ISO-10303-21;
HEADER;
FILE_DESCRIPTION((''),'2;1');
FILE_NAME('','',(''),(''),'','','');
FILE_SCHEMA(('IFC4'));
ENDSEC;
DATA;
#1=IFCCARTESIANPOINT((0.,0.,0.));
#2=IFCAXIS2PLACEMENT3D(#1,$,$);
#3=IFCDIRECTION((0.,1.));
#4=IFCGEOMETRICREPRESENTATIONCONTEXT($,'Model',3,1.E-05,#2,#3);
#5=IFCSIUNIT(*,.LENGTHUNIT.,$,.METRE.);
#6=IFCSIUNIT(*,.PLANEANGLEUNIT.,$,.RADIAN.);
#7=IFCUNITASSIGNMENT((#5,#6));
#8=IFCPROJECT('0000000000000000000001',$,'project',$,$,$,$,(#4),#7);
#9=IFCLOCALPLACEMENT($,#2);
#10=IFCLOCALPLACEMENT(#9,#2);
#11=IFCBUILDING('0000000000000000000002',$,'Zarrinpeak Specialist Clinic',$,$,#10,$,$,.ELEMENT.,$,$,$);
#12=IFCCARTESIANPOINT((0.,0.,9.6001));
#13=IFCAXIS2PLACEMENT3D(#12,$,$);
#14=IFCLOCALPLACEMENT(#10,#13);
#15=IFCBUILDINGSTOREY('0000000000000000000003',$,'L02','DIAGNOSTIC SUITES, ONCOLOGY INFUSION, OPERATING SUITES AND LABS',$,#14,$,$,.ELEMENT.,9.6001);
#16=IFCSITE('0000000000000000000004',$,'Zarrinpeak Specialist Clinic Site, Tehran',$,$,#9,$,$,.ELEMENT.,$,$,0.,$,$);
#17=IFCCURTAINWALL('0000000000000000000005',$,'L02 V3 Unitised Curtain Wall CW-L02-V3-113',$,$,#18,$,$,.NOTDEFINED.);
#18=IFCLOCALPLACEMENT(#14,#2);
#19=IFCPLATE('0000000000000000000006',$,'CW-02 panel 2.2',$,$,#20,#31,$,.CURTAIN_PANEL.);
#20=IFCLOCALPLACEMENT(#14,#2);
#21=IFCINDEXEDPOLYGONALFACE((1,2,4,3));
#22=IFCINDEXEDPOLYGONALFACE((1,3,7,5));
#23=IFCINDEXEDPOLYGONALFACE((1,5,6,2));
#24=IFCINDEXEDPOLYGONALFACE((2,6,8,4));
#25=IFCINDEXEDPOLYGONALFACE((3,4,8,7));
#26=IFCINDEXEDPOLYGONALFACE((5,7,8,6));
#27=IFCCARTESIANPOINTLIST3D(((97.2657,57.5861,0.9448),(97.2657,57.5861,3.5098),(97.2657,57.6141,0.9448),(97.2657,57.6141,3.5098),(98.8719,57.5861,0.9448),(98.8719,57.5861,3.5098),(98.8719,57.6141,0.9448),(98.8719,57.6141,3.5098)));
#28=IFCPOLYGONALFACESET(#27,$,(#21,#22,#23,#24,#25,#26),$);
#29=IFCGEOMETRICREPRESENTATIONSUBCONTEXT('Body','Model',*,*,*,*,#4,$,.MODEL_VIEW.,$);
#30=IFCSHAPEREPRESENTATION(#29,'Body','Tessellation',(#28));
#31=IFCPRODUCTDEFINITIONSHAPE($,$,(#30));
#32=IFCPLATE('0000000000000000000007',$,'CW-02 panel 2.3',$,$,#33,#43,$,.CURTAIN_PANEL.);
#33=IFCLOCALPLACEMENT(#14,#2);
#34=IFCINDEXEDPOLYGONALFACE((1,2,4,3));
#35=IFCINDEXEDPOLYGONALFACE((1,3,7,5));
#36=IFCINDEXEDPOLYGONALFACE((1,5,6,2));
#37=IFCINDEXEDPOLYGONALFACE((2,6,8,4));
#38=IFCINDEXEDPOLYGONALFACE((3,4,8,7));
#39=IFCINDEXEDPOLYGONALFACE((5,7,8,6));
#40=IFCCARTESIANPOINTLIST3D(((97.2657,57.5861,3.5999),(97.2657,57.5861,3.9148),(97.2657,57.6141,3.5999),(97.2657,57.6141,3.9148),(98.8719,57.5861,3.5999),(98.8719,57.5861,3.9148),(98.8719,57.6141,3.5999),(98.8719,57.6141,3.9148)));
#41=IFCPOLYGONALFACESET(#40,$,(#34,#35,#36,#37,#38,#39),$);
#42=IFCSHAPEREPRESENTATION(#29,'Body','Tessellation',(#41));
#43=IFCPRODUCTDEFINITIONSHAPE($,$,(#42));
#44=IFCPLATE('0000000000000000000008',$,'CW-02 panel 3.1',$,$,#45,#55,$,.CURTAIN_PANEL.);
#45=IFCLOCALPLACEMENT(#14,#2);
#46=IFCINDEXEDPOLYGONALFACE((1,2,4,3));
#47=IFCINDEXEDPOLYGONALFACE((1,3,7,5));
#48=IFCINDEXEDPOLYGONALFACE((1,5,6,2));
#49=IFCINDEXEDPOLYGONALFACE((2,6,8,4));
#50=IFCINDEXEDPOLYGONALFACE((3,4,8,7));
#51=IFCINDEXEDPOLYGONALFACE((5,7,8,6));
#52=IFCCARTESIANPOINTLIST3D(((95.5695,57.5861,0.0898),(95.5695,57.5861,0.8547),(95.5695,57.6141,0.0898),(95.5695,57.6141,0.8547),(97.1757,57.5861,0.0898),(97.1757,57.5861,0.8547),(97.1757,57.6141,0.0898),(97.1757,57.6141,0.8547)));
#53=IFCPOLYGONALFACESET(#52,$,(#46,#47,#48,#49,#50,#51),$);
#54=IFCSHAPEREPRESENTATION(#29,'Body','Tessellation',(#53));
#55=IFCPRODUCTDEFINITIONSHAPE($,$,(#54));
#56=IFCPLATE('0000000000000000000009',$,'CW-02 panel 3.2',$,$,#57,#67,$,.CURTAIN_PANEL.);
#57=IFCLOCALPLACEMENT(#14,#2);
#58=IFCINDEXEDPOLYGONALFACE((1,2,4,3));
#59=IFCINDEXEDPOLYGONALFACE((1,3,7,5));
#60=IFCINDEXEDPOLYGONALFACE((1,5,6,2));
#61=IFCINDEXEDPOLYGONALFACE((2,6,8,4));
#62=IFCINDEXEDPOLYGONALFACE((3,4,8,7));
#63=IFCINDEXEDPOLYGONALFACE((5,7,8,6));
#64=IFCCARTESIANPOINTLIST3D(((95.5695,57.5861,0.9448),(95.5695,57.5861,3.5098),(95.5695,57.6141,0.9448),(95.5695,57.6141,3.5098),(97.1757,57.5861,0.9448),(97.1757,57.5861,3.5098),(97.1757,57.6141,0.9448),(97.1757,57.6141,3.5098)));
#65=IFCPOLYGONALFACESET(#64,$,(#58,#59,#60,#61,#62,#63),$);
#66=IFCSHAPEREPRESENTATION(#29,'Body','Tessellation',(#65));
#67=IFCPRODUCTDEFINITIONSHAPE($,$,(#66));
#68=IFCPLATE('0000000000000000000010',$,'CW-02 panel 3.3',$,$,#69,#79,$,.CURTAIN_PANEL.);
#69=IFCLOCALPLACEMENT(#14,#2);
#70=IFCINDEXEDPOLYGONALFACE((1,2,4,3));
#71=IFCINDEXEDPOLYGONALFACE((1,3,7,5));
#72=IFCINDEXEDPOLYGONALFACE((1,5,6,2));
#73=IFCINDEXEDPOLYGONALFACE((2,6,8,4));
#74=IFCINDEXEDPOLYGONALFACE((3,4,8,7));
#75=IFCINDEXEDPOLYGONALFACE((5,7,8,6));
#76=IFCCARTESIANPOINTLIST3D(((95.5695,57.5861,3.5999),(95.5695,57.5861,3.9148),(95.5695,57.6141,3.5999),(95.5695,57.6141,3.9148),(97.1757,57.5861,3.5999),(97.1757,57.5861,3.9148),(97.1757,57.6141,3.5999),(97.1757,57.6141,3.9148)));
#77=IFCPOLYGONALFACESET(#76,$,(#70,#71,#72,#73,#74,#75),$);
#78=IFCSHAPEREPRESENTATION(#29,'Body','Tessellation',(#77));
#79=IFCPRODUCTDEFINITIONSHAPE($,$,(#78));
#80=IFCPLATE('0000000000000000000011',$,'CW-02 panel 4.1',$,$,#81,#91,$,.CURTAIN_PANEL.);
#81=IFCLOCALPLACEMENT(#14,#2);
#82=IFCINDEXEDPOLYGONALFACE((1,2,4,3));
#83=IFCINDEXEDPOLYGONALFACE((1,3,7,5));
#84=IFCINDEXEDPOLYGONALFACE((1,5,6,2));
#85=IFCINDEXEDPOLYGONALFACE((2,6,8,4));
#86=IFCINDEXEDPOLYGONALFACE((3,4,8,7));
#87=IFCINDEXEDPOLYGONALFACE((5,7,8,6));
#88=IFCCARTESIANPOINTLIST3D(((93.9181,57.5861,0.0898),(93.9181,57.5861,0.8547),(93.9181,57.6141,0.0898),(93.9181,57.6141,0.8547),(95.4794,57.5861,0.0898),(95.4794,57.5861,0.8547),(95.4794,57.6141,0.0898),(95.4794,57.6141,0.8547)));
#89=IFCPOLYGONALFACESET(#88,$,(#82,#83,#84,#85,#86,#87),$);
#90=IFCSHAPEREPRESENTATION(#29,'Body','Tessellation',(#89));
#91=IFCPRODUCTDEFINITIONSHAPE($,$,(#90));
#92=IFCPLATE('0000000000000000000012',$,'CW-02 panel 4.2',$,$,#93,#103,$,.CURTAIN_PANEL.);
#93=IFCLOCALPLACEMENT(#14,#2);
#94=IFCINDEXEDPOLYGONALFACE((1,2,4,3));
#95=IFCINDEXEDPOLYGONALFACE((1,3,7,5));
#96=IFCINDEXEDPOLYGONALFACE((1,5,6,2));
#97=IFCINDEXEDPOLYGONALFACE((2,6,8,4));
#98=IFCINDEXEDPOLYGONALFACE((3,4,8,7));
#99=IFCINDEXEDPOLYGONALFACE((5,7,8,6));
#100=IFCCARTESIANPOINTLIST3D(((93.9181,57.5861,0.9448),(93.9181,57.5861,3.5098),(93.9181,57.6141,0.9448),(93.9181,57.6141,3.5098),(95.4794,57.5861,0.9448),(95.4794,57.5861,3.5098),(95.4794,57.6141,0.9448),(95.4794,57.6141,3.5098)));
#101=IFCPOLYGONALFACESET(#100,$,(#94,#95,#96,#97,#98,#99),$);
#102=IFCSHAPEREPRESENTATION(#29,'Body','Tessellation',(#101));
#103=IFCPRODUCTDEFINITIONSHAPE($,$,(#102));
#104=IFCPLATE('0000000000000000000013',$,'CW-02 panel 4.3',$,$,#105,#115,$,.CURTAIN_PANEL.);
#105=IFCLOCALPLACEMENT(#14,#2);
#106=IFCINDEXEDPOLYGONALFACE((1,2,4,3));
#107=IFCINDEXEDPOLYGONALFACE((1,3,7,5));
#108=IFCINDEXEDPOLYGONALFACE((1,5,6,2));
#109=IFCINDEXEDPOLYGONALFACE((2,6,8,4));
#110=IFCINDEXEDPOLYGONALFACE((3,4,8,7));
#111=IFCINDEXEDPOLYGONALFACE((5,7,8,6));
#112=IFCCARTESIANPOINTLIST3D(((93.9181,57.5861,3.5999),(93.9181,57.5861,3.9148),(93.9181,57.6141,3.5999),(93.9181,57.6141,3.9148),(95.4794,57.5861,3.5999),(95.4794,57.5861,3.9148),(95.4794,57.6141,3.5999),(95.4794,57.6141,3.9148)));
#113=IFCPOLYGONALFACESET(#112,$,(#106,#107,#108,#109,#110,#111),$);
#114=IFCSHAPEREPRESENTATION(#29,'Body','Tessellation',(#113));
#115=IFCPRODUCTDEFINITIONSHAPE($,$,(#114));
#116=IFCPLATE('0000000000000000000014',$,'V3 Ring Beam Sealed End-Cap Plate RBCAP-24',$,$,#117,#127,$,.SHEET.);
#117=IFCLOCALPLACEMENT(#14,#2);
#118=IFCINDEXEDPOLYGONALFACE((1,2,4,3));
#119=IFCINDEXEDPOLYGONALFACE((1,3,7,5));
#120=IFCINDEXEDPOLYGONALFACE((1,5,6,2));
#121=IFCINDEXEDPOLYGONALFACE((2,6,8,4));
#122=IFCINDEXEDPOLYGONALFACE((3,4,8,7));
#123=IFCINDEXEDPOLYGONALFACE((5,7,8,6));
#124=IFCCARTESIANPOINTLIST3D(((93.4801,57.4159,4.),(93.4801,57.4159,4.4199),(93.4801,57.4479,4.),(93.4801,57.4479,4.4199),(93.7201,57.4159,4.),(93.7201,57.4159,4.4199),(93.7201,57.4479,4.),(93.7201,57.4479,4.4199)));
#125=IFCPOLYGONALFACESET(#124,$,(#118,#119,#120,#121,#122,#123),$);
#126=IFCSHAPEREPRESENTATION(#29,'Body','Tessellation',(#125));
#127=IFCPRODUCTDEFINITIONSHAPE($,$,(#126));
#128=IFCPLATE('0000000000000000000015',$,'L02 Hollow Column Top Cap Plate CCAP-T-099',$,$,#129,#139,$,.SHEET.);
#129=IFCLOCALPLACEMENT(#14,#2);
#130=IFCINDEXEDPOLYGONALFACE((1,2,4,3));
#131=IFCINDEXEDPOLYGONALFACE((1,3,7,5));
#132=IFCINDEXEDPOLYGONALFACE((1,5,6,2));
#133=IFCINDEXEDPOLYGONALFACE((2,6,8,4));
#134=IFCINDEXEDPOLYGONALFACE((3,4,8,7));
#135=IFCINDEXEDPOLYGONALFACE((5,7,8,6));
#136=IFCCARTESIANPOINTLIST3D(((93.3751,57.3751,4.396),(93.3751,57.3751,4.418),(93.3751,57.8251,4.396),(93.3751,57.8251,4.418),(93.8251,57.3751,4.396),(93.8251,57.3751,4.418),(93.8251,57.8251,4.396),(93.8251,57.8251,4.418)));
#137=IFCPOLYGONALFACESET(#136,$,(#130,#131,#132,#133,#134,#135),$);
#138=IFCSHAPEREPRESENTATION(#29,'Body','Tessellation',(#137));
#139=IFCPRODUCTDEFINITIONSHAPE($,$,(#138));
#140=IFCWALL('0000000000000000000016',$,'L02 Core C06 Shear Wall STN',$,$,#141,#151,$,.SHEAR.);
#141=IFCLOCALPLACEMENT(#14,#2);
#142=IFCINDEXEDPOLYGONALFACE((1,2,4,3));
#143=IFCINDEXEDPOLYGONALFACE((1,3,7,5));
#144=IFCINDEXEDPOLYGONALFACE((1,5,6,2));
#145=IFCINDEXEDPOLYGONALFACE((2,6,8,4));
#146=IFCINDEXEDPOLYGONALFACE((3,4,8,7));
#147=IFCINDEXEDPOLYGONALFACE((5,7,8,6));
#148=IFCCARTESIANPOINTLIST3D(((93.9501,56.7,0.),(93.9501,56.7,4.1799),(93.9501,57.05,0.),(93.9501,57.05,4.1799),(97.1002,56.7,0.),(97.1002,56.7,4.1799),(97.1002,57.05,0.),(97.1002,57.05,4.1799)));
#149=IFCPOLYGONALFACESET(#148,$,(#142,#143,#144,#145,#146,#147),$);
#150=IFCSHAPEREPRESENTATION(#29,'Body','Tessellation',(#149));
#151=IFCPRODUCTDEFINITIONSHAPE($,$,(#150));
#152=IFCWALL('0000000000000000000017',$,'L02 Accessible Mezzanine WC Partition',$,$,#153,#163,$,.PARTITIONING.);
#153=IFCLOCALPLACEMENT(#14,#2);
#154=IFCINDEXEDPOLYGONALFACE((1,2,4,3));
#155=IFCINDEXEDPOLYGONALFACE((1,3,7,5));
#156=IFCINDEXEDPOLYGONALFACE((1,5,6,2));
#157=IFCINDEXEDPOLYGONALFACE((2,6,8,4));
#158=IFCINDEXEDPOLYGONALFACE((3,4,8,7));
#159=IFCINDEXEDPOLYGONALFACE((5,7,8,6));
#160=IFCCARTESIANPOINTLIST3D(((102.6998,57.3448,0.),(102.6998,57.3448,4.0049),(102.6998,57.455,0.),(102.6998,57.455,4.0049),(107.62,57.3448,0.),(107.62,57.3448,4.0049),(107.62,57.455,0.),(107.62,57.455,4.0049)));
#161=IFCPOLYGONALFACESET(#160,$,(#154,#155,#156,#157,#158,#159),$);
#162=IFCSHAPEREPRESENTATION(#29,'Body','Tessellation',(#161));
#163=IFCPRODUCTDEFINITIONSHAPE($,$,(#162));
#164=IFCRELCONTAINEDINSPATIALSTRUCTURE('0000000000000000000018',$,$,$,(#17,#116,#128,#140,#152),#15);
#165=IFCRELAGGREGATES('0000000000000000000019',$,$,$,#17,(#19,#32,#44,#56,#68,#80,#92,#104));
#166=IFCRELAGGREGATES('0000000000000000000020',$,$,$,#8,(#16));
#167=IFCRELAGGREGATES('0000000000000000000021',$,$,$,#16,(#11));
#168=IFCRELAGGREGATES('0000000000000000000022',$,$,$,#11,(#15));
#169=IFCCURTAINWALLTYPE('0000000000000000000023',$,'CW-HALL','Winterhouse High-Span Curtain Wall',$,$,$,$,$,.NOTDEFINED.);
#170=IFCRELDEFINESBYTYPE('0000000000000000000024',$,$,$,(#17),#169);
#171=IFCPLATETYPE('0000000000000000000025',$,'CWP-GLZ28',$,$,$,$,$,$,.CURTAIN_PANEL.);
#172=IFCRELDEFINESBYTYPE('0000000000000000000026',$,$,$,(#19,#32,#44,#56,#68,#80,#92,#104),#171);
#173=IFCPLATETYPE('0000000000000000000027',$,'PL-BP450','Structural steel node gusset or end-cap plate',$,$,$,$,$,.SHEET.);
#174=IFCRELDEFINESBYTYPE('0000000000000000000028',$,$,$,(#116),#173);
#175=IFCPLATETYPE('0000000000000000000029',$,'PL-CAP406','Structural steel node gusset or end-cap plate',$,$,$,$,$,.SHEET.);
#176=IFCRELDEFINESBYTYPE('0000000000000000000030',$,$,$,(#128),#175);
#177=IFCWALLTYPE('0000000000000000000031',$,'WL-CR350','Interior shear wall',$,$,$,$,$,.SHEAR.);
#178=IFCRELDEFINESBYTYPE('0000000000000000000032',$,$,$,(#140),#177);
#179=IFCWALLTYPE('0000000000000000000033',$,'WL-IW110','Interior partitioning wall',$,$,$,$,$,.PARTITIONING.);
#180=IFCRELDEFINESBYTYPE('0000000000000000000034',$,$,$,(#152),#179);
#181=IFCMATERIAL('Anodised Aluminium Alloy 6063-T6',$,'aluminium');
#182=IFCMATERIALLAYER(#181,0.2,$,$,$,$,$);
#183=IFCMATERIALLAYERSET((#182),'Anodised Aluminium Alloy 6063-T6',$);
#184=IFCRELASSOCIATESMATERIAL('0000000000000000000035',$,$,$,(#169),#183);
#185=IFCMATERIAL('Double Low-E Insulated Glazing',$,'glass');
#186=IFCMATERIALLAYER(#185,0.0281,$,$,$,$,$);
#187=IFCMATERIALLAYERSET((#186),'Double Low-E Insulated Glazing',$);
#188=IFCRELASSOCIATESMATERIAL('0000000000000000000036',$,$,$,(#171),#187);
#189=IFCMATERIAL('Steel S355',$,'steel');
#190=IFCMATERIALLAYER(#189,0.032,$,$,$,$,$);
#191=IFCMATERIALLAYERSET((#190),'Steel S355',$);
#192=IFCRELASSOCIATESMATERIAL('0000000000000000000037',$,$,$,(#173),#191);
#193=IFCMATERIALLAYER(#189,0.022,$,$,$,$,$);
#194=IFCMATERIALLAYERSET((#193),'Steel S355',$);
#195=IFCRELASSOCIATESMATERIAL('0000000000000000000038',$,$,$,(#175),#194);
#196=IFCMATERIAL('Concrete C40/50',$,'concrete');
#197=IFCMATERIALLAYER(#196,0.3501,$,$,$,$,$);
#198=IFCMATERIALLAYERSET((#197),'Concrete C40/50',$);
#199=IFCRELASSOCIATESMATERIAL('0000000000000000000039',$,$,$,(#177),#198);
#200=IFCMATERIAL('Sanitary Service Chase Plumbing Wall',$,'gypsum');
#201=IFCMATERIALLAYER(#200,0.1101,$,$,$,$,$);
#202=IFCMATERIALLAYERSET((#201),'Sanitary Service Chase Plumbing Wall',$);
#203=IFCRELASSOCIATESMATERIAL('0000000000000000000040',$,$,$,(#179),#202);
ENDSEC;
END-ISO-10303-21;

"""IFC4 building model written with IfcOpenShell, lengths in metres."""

from ifc_helpers import new_model, si_unit, direction, frame, frame_2d, origin, origin_2d, place, context, subcontext, project, spatial, rectangle, extrude, material, layer, layer_set, type_object, element, aggregate, save


model = new_model("IFC4")

# Units and contexts
model_context = context("Model", 3, precision=1e-05, world=origin(), true_north=direction((0.0, 1.0)))
body_context = subcontext(model_context, "Body", "Model", "MODEL_VIEW")
ifc_project = project(units=[si_unit("LENGTHUNIT", "METRE"), si_unit("PLANEANGLEUNIT", "RADIAN")], contexts=[model_context])

# Site, building, storey
site_placement = place(None, origin())
site = spatial("IfcSite", under=ifc_project, at=site_placement, Name="Zarrinpeak Specialist Clinic Site, Tehran", CompositionType="ELEMENT", RefElevation=0.0)
building_placement = place(site_placement, origin())
building = spatial("IfcBuilding", under=site, at=building_placement, Name="Zarrinpeak Specialist Clinic", CompositionType="ELEMENT")
storey_placement = place(building_placement, frame((0.0, 0.0, 9.6001)))
storey = spatial("IfcBuildingStorey", under=building, at=storey_placement, Name="L02", Description="DIAGNOSTIC SUITES, ONCOLOGY INFUSION, OPERATING SUITES AND LABS", CompositionType="ELEMENT", Elevation=9.6001)

# Shared definitions
ifc_material_1 = material(Name="Steel S355", Category="steel")

# Curtain wall, plates
ifc_material_2 = material(Name="Anodised Aluminium Alloy 6063-T6", Category="aluminium")
ifc_layer_1 = layer(ifc_material_2, 0.2)
ifc_layer_set_1 = layer_set([ifc_layer_1], Name="Anodised Aluminium Alloy 6063-T6")
curtain_wall_type = type_object("IfcCurtainWallType", Name="CW-HALL", Description="Winterhouse High-Span Curtain Wall", PredefinedType="NOTDEFINED", material=ifc_layer_set_1)
curtain_wall_placement = place(storey_placement, origin())
curtain_wall = element("IfcCurtainWall", 1, at=curtain_wall_placement, inside=storey, type_object=curtain_wall_type, Name="L02 V3 Unitised Curtain Wall CW-L02-V3-113", PredefinedType="NOTDEFINED")
ifc_material_3 = material(Name="Double Low-E Insulated Glazing", Category="glass")
ifc_layer_2 = layer(ifc_material_3, 0.0281)
ifc_layer_set_2 = layer_set([ifc_layer_2], Name="Double Low-E Insulated Glazing")
plate_type_1 = type_object("IfcPlateType", Name="CWP-GLZ28", PredefinedType="CURTAIN_PANEL", material=ifc_layer_set_2)
plate_1_placement = place(storey_placement, frame((98.0688, 57.6001, 0.9448), z_axis=(0.0, 0.0, 1.0), x_axis=(-1.0, 0.0, 0.0)))
plate_1 = element("IfcPlate", 2, at=plate_1_placement, type_object=plate_type_1, Name="CW-02 panel 2.2", PredefinedType="CURTAIN_PANEL", context=body_context, shape_type="SweptSolid", body=[
    extrude(rectangle(XDim=1.6062, YDim=0.0281, at=origin_2d()), origin(), (0.0, 0.0, 1.0), 2.5649),
])
plate_2_placement = place(storey_placement, frame((98.0688, 57.6001, 3.5999), z_axis=(0.0, 0.0, 1.0), x_axis=(-1.0, 0.0, 0.0)))
plate_2 = element("IfcPlate", 3, at=plate_2_placement, type_object=plate_type_1, Name="CW-02 panel 2.3", PredefinedType="CURTAIN_PANEL", context=body_context, shape_type="SweptSolid", body=[
    extrude(rectangle(XDim=1.6062, YDim=0.0281, at=origin_2d()), origin(), (0.0, 0.0, 1.0), 0.3149),
])
plate_3_placement = place(storey_placement, frame((96.3726, 57.6001, 0.0898), z_axis=(0.0, 0.0, 1.0), x_axis=(-1.0, 0.0, 0.0)))
plate_3 = element("IfcPlate", 4, at=plate_3_placement, type_object=plate_type_1, Name="CW-02 panel 3.1", PredefinedType="CURTAIN_PANEL", context=body_context, shape_type="SweptSolid", body=[
    extrude(rectangle(XDim=1.6062, YDim=0.0281, at=origin_2d()), origin(), (0.0, 0.0, 1.0), 0.7649),
])
plate_4_placement = place(storey_placement, frame((96.3726, 57.6001, 0.9448), z_axis=(0.0, 0.0, 1.0), x_axis=(-1.0, 0.0, 0.0)))
plate_4 = element("IfcPlate", 5, at=plate_4_placement, type_object=plate_type_1, Name="CW-02 panel 3.2", PredefinedType="CURTAIN_PANEL", context=body_context, shape_type="SweptSolid", body=[
    extrude(rectangle(XDim=1.6062, YDim=0.0281, at=origin_2d()), origin(), (0.0, 0.0, 1.0), 2.5649),
])
plate_5_placement = place(storey_placement, frame((96.3726, 57.6001, 3.5999), z_axis=(0.0, 0.0, 1.0), x_axis=(-1.0, 0.0, 0.0)))
plate_5 = element("IfcPlate", 6, at=plate_5_placement, type_object=plate_type_1, Name="CW-02 panel 3.3", PredefinedType="CURTAIN_PANEL", context=body_context, shape_type="SweptSolid", body=[
    extrude(rectangle(XDim=1.6062, YDim=0.0281, at=origin_2d()), origin(), (0.0, 0.0, 1.0), 0.3149),
])
plate_6_placement = place(storey_placement, frame((94.6987, 57.6001, 0.0898), z_axis=(0.0, 0.0, 1.0), x_axis=(-1.0, 0.0, 0.0)))
plate_6 = element("IfcPlate", 7, at=plate_6_placement, type_object=plate_type_1, Name="CW-02 panel 4.1", PredefinedType="CURTAIN_PANEL", context=body_context, shape_type="SweptSolid", body=[
    extrude(rectangle(XDim=1.5613, YDim=0.0281, at=origin_2d()), origin(), (0.0, 0.0, 1.0), 0.7649),
])
plate_7_placement = place(storey_placement, frame((94.6987, 57.6001, 0.9448), z_axis=(0.0, 0.0, 1.0), x_axis=(-1.0, 0.0, 0.0)))
plate_7 = element("IfcPlate", 8, at=plate_7_placement, type_object=plate_type_1, Name="CW-02 panel 4.2", PredefinedType="CURTAIN_PANEL", context=body_context, shape_type="SweptSolid", body=[
    extrude(rectangle(XDim=1.5613, YDim=0.0281, at=origin_2d()), origin(), (0.0, 0.0, 1.0), 2.5649),
])
plate_8_placement = place(storey_placement, frame((94.6987, 57.6001, 3.5999), z_axis=(0.0, 0.0, 1.0), x_axis=(-1.0, 0.0, 0.0)))
plate_8 = element("IfcPlate", 9, at=plate_8_placement, type_object=plate_type_1, Name="CW-02 panel 4.3", PredefinedType="CURTAIN_PANEL", context=body_context, shape_type="SweptSolid", body=[
    extrude(rectangle(XDim=1.5613, YDim=0.0281, at=origin_2d()), origin(), (0.0, 0.0, 1.0), 0.3149),
])
aggregate(curtain_wall, [plate_1, plate_2, plate_3, plate_4, plate_5, plate_6, plate_7, plate_8])

# Plates
ifc_layer_3 = layer(ifc_material_1, 0.032)
ifc_layer_set_3 = layer_set([ifc_layer_3], Name="Steel S355")
plate_type_2 = type_object("IfcPlateType", Name="PL-BP450", Description="Structural steel node gusset or end-cap plate", PredefinedType="SHEET", material=ifc_layer_set_3)
plate_9_placement = place(storey_placement, frame((93.6001, 57.4319, 4.0), z_axis=(0.0, 0.0, 1.0), x_axis=(1.0, 0.0, 0.0)))
element("IfcPlate", 10, at=plate_9_placement, inside=storey, type_object=plate_type_2, Name="V3 Ring Beam Sealed End-Cap Plate RBCAP-24", PredefinedType="SHEET", context=body_context, shape_type="SweptSolid", body=[
    extrude(rectangle(XDim=0.24, YDim=0.032, at=origin_2d()), origin(), (0.0, 0.0, 1.0), 0.4199),
])
ifc_layer_4 = layer(ifc_material_1, 0.022)
ifc_layer_set_4 = layer_set([ifc_layer_4], Name="Steel S355")
plate_type_3 = type_object("IfcPlateType", Name="PL-CAP406", Description="Structural steel node gusset or end-cap plate", PredefinedType="SHEET", material=ifc_layer_set_4)
plate_10_placement = place(storey_placement, frame((93.6001, 57.6001, 4.396), z_axis=(0.0, 0.0, 1.0), x_axis=(1.0, 0.0, 0.0)))
element("IfcPlate", 11, at=plate_10_placement, inside=storey, type_object=plate_type_3, Name="L02 Hollow Column Top Cap Plate CCAP-T-099", PredefinedType="SHEET", context=body_context, shape_type="SweptSolid", body=[
    extrude(rectangle(XDim=0.45, YDim=0.45, at=origin_2d()), origin(), (0.0, 0.0, 1.0), 0.022),
])

# Walls
ifc_material_4 = material(Name="Concrete C40/50", Category="concrete")
ifc_layer_5 = layer(ifc_material_4, 0.3501)
ifc_layer_set_5 = layer_set([ifc_layer_5], Name="Concrete C40/50")
wall_type_1 = type_object("IfcWallType", Name="WL-CR350", Description="Interior shear wall", PredefinedType="SHEAR", material=ifc_layer_set_5)
wall_1_placement = place(storey_placement, frame((93.95, 56.875, 0.0), z_axis=(0.0, 0.0, 1.0), x_axis=(1.0, 0.0, 0.0)))
element("IfcWall", 12, at=wall_1_placement, inside=storey, type_object=wall_type_1, Name="L02 Core C06 Shear Wall STN", PredefinedType="SHEAR", context=body_context, shape_type="SweptSolid", body=[
    extrude(rectangle(XDim=3.1501, YDim=0.3501, at=frame_2d((1.5752, 0.0))), origin(), (0.0, 0.0, 1.0), 4.1799),
])
ifc_material_5 = material(Name="Sanitary Service Chase Plumbing Wall", Category="gypsum")
ifc_layer_6 = layer(ifc_material_5, 0.1101)
ifc_layer_set_6 = layer_set([ifc_layer_6], Name="Sanitary Service Chase Plumbing Wall")
wall_type_2 = type_object("IfcWallType", Name="WL-IW110", Description="Interior partitioning wall", PredefinedType="PARTITIONING", material=ifc_layer_set_6)
wall_2_placement = place(storey_placement, frame((102.7, 57.3999, 0.0), z_axis=(0.0, 0.0, 1.0), x_axis=(1.0, 0.0, 0.0)))
element("IfcWall", 13, at=wall_2_placement, inside=storey, type_object=wall_type_2, Name="L02 Accessible Mezzanine WC Partition", PredefinedType="PARTITIONING", context=body_context, shape_type="SweptSolid", body=[
    extrude(rectangle(XDim=4.9202, YDim=0.1101, at=frame_2d((2.46, 0.0))), origin(), (0.0, 0.0, 1.0), 4.0049),
])

save(model, "model.ifc")
